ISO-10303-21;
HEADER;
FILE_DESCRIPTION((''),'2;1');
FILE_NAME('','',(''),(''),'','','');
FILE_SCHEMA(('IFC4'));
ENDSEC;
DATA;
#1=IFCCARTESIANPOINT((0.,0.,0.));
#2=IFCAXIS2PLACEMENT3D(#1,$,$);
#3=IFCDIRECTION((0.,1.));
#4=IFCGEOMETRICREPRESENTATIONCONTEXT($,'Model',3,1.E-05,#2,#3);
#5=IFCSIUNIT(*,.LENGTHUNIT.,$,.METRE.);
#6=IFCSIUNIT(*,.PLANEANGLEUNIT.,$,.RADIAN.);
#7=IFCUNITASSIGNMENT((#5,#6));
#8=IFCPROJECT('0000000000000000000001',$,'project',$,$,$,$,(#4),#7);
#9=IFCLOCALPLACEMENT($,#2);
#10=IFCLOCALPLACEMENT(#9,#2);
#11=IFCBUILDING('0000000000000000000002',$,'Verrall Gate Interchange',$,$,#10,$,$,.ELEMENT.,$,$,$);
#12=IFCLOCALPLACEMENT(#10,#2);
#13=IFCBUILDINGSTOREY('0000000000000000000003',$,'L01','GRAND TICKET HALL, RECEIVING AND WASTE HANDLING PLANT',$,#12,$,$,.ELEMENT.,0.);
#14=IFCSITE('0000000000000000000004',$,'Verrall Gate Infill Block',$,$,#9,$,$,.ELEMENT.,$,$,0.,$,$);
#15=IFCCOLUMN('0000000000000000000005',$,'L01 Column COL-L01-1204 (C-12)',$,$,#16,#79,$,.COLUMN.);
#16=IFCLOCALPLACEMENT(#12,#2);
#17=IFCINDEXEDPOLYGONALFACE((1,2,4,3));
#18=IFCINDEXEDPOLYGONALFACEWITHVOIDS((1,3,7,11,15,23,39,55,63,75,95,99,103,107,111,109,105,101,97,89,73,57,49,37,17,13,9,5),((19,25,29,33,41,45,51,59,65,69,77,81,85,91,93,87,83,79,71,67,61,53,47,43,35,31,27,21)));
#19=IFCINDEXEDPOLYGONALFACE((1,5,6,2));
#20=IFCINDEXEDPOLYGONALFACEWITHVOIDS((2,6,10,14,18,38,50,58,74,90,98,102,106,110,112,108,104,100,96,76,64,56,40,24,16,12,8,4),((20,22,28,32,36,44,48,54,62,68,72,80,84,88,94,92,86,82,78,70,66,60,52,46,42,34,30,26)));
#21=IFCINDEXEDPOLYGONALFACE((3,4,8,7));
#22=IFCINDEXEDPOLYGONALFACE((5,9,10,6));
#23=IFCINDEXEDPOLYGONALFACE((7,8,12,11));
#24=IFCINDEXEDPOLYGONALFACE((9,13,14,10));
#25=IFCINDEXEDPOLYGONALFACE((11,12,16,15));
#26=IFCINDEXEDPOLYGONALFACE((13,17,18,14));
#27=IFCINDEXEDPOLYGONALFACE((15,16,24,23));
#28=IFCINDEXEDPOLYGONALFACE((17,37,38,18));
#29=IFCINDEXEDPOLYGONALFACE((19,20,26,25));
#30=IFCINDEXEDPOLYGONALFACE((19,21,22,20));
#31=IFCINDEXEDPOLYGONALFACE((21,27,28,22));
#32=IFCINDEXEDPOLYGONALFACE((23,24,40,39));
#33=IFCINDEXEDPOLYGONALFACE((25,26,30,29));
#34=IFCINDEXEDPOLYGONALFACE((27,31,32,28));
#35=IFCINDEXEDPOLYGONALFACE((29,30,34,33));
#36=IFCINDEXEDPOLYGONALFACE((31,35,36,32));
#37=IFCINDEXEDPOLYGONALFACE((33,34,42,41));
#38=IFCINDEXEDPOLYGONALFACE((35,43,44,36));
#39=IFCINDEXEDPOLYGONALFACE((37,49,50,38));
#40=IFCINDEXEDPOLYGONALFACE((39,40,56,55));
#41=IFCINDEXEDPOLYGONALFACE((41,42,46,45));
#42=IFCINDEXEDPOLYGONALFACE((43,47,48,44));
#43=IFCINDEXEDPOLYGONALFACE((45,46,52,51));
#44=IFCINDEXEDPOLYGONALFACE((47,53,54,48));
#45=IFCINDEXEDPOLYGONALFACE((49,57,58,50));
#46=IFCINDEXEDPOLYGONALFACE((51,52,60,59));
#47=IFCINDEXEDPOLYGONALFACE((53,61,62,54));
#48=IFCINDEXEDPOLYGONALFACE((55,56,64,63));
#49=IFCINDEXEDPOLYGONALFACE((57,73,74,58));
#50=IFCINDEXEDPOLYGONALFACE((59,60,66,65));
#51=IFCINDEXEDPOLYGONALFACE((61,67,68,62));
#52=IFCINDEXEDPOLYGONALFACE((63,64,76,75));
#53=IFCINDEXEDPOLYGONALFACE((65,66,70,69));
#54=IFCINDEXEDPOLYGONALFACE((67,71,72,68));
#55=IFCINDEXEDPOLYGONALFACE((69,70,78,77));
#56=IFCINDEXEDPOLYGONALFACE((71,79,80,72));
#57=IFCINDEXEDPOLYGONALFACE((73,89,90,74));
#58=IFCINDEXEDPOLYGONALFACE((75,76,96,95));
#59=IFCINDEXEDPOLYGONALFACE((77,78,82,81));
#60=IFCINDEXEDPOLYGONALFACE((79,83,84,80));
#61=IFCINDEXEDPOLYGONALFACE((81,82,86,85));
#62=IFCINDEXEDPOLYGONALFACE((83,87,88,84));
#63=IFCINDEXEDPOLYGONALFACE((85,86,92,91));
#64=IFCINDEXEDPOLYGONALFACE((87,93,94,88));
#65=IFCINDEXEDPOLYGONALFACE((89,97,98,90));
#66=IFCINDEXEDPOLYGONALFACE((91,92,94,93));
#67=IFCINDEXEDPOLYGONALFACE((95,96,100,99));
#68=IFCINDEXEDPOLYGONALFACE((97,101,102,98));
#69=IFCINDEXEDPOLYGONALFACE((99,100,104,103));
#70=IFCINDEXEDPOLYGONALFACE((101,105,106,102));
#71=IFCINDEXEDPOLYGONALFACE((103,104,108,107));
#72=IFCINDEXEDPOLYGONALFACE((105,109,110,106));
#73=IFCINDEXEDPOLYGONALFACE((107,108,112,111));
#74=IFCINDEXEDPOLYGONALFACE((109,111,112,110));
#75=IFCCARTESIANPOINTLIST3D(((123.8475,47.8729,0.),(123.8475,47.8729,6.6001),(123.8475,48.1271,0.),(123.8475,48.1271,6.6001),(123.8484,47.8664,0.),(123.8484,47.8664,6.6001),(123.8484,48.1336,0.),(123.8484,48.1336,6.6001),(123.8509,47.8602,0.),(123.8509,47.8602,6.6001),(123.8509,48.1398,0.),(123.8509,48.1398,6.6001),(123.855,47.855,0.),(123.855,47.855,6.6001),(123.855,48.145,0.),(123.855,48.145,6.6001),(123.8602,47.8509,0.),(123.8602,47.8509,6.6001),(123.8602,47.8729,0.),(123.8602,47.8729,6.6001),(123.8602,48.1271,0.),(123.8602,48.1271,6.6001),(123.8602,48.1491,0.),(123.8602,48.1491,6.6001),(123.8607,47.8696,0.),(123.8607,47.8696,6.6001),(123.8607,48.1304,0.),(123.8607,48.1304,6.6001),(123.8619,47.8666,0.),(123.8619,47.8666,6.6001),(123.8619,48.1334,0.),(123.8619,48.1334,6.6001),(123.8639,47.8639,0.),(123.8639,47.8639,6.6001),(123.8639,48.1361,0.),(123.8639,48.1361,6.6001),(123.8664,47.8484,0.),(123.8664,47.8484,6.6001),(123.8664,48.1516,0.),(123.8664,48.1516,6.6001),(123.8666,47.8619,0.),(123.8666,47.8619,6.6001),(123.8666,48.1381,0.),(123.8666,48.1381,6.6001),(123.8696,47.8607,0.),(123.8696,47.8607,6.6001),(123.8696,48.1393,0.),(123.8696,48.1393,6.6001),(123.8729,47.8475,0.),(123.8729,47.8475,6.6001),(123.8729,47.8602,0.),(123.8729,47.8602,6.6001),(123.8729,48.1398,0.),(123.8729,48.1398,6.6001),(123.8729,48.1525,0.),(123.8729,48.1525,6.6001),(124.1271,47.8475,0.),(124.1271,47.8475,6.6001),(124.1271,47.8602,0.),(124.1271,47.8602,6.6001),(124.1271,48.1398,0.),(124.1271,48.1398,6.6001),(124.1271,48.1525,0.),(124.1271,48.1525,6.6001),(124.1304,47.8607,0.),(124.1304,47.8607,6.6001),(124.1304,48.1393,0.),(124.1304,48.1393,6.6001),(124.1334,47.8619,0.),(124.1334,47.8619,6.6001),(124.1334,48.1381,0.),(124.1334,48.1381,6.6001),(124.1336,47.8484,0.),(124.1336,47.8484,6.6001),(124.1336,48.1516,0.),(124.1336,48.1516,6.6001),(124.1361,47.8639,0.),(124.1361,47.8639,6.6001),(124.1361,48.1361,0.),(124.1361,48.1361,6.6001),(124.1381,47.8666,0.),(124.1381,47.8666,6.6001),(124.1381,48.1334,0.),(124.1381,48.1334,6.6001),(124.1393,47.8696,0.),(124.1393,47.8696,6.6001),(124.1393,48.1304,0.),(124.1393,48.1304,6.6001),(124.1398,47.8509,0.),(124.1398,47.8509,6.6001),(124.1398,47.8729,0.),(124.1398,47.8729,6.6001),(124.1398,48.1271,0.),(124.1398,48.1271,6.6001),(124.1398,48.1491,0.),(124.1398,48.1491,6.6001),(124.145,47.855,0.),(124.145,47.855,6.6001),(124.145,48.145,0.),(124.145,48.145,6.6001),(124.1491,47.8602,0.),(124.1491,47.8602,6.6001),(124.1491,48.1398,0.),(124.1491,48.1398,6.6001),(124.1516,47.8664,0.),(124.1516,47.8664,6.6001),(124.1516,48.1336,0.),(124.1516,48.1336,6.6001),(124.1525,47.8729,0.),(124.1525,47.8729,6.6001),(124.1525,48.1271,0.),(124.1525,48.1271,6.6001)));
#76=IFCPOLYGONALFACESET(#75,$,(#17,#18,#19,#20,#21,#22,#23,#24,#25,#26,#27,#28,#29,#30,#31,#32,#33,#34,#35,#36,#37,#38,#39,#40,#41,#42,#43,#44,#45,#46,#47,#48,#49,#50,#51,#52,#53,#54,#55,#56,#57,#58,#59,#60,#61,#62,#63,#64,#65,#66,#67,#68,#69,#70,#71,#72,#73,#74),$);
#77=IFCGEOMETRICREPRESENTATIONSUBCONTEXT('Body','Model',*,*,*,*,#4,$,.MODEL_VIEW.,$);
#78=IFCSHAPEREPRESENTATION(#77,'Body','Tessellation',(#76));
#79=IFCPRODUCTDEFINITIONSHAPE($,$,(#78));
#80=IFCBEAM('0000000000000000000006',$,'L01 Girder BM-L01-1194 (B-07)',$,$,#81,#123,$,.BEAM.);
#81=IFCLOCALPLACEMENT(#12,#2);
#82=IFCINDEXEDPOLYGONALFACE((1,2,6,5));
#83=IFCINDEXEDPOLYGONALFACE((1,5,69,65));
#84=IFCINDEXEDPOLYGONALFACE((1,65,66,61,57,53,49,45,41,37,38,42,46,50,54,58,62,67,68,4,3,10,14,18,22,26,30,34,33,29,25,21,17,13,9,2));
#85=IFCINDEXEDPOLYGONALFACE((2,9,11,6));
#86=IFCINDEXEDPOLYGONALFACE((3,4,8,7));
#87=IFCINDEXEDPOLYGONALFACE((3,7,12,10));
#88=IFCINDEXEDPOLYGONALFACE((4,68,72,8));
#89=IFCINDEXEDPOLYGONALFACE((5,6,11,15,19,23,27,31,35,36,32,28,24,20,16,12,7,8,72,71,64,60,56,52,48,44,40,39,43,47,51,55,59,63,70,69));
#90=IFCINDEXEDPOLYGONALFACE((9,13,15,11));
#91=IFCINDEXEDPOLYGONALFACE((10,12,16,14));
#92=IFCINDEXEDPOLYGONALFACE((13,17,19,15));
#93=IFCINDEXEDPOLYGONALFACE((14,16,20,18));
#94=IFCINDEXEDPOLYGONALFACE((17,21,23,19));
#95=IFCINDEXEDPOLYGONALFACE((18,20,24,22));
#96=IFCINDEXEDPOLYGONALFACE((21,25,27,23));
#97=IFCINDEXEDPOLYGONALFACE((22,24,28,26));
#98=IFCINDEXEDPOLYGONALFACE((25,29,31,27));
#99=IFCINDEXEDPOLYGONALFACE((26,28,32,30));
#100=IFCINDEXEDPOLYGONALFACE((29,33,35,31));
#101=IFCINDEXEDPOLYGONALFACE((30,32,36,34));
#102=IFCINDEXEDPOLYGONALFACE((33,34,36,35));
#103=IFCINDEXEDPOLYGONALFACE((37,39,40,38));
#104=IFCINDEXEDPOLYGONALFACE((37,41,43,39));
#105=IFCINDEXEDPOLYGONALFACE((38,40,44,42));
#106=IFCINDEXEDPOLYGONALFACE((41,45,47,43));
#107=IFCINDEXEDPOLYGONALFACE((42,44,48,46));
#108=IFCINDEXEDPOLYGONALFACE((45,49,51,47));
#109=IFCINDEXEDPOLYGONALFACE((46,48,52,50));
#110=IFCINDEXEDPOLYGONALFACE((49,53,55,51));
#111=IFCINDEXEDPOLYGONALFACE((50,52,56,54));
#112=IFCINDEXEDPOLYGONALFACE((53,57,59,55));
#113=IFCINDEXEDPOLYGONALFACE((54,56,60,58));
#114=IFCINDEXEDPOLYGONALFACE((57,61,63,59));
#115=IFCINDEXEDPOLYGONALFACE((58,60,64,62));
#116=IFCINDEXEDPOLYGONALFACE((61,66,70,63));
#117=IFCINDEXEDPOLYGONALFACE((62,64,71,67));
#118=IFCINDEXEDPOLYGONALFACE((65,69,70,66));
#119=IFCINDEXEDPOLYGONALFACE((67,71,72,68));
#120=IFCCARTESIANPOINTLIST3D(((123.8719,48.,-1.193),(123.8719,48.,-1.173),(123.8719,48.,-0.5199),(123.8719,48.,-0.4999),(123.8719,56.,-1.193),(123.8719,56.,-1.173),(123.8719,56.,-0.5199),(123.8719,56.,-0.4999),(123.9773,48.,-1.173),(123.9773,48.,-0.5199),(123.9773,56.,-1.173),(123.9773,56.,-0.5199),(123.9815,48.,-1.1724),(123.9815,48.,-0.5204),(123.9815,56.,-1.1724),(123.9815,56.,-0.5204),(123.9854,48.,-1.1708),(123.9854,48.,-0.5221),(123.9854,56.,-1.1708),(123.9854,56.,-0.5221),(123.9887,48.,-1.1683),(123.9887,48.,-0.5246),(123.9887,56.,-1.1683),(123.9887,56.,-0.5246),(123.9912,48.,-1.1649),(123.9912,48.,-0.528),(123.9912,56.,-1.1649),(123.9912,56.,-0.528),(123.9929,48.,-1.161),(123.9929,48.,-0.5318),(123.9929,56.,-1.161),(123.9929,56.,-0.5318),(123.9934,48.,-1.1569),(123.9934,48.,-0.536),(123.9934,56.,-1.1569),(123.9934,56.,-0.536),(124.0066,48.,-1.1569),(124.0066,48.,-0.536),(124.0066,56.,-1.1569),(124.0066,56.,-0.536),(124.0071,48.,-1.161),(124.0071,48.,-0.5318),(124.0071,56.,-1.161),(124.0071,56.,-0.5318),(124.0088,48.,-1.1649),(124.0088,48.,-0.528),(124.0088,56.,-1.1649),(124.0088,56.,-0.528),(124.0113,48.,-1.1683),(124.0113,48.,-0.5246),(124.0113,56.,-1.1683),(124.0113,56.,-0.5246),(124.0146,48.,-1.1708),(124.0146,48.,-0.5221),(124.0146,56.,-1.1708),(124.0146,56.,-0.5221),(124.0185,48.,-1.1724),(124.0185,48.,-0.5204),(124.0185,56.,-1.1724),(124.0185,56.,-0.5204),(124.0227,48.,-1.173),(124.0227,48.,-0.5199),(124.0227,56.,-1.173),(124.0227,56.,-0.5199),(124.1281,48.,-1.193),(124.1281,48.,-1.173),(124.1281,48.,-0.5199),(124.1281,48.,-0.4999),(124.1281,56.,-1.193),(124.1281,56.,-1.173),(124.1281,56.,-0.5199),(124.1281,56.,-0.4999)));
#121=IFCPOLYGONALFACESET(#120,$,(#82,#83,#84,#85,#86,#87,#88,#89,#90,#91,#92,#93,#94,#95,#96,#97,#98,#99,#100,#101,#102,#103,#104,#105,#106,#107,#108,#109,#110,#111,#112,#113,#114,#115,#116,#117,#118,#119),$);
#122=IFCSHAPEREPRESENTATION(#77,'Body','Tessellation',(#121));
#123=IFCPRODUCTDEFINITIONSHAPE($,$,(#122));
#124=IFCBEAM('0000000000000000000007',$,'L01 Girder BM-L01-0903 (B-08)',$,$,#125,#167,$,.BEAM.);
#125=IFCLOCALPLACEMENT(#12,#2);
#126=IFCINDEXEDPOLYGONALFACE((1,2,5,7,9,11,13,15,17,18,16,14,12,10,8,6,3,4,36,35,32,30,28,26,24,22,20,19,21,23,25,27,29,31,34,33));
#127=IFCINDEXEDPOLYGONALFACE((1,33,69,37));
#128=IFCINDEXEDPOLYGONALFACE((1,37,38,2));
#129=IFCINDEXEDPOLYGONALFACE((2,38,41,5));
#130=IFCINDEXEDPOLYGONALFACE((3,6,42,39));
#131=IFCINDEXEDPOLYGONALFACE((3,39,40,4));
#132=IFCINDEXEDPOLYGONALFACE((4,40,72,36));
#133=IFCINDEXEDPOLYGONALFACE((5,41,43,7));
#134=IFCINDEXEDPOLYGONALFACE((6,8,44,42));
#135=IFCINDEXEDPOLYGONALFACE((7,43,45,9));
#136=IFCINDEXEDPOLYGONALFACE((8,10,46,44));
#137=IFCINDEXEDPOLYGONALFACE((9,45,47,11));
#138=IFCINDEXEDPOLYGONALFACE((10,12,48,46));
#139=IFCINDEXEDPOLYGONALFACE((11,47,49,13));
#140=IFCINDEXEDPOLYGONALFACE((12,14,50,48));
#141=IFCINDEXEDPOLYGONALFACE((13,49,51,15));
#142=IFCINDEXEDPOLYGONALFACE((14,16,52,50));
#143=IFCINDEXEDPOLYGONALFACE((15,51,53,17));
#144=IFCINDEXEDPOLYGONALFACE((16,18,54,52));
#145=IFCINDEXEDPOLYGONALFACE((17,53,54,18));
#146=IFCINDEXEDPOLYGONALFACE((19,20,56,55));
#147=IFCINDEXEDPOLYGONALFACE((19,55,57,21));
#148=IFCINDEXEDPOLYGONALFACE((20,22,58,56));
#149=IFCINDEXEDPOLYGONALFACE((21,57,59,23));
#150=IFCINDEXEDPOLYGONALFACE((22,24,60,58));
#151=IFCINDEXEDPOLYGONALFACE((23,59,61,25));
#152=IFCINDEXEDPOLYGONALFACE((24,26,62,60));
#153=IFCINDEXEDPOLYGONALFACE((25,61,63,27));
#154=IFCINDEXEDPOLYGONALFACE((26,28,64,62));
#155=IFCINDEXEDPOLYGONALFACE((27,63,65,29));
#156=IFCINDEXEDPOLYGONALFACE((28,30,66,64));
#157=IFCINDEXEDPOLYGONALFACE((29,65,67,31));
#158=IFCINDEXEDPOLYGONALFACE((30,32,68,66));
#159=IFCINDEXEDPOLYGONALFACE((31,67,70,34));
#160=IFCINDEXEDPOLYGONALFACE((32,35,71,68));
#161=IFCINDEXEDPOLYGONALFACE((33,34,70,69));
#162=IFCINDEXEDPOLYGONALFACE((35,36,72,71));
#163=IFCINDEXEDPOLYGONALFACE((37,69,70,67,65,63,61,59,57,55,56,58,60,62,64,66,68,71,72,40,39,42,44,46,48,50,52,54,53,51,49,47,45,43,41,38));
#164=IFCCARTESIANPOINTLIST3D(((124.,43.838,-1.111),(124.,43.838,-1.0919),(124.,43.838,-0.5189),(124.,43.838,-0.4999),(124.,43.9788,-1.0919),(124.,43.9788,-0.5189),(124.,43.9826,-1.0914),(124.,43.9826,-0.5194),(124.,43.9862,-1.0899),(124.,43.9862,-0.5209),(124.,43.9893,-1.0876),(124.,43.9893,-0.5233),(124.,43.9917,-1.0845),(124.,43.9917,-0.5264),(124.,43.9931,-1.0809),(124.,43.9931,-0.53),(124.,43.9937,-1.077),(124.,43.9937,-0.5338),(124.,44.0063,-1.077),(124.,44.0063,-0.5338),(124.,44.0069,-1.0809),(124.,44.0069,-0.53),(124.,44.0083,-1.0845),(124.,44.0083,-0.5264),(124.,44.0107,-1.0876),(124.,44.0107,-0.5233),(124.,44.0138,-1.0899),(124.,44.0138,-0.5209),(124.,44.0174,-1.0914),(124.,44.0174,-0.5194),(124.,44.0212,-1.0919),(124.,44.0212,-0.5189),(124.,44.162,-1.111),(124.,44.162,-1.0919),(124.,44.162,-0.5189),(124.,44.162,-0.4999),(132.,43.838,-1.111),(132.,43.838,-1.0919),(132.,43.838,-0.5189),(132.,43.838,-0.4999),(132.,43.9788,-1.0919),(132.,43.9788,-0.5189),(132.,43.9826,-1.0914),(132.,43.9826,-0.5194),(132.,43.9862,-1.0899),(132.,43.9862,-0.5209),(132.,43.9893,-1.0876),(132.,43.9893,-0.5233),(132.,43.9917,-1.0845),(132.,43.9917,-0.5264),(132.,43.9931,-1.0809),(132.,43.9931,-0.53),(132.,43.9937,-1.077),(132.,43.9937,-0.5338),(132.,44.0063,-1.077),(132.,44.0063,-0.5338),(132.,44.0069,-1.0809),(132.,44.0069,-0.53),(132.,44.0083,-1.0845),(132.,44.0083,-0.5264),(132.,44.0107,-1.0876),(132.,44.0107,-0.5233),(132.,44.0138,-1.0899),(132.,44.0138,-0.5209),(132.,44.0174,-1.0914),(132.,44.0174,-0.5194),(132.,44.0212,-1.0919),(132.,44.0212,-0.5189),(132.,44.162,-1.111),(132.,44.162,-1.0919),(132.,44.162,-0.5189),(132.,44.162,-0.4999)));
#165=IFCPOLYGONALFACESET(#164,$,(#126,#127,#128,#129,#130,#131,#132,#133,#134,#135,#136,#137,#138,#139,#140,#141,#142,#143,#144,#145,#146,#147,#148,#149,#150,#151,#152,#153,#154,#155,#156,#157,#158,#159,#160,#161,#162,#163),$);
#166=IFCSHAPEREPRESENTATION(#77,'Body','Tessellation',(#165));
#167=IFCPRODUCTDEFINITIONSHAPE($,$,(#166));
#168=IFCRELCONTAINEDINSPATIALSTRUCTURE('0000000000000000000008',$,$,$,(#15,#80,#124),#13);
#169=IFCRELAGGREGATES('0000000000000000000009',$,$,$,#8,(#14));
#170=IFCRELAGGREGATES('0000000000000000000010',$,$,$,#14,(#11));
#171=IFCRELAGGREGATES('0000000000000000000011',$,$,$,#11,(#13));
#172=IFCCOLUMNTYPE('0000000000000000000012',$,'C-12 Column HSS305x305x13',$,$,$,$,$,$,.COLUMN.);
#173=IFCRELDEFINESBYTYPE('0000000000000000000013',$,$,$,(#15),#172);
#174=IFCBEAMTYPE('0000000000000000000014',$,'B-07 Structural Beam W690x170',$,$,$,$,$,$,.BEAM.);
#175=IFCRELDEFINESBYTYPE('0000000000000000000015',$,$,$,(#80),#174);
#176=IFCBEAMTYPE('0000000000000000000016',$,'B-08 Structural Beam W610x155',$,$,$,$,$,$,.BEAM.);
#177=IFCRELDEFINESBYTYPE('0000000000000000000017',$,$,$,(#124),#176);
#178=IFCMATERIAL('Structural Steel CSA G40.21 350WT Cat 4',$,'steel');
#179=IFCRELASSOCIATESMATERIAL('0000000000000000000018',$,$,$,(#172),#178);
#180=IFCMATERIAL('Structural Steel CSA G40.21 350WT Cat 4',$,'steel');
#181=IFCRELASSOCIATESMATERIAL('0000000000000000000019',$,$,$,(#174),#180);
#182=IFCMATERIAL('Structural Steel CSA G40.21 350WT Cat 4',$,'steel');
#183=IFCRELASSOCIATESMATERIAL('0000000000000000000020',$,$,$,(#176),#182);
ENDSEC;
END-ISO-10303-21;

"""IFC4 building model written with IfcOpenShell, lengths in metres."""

from ifc_helpers import new_model, si_unit, direction, frame, origin, origin_2d, place, context, subcontext, project, spatial, hollow_rectangle, i_section, extrude, material, material_profile, profile_set, type_object, element, save


model = new_model("IFC4")

# Units and contexts
model_context = context("Model", 3, precision=1e-05, world=origin(), true_north=direction((0.0, 1.0)))
body_context = subcontext(model_context, "Body", "Model", "MODEL_VIEW")
ifc_project = project(units=[si_unit("LENGTHUNIT", "METRE"), si_unit("PLANEANGLEUNIT", "RADIAN")], contexts=[model_context])

# Site, building, storey
site_placement = place(None, origin())
site = spatial("IfcSite", under=ifc_project, at=site_placement, Name="Verrall Gate Infill Block", CompositionType="ELEMENT", RefElevation=0.0)
building_placement = place(site_placement, origin())
building = spatial("IfcBuilding", under=site, at=building_placement, Name="Verrall Gate Interchange", CompositionType="ELEMENT")
storey_placement = place(building_placement, origin())
storey = spatial("IfcBuildingStorey", under=building, at=storey_placement, Name="L01", Description="GRAND TICKET HALL, RECEIVING AND WASTE HANDLING PLANT", CompositionType="ELEMENT", Elevation=0.0)

# Column
ifc_material_1 = material(Name="Structural Steel CSA G40.21 350WT Cat 4", Category="steel")
ifc_material_profile_1 = material_profile(ifc_material_1, hollow_rectangle(XDim=0.3049, YDim=0.3049, WallThickness=0.0127, InnerFilletRadius=0.0127, OuterFilletRadius=0.0254, at=origin_2d()), Name="HSS305x305x13")
ifc_profile_set_1 = profile_set([ifc_material_profile_1], Name="Structural Steel CSA G40.21 350WT Cat 4")
column_type = type_object("IfcColumnType", Name="C-12 Column HSS305x305x13", PredefinedType="COLUMN", material=ifc_profile_set_1)
column_placement = place(storey_placement, frame((124.0, 48.0, 0.0), z_axis=(0.0, 0.0, 1.0), x_axis=(1.0, 0.0, 0.0)))
element("IfcColumn", 1, at=column_placement, inside=storey, type_object=column_type, Name="L01 Column COL-L01-1204 (C-12)", PredefinedType="COLUMN", context=body_context, shape_type="SweptSolid", body=[
    extrude(hollow_rectangle(XDim=0.3049, YDim=0.3049, WallThickness=0.0127, InnerFilletRadius=0.0127, OuterFilletRadius=0.0254, at=origin_2d()), origin(), (0.0, 0.0, 1.0), 6.6001),
])

# Beams
ifc_material_2 = material(Name="Structural Steel CSA G40.21 350WT Cat 4", Category="steel")
ifc_material_profile_2 = material_profile(ifc_material_2, i_section(OverallWidth=0.2561, OverallDepth=0.6931, WebThickness=0.0132, FlangeThickness=0.02, FilletRadius=0.0161, at=origin_2d()), Name="W690x170")
ifc_profile_set_2 = profile_set([ifc_material_profile_2], Name="Structural Steel CSA G40.21 350WT Cat 4")
beam_type_1 = type_object("IfcBeamType", Name="B-07 Structural Beam W690x170", PredefinedType="BEAM", material=ifc_profile_set_2)
beam_1_placement = place(storey_placement, frame((124.0, 48.0, -0.8464), z_axis=(0.0, 1.0, 0.0), x_axis=(-1.0, 0.0, 0.0)))
element("IfcBeam", 2, at=beam_1_placement, inside=storey, type_object=beam_type_1, Name="L01 Girder BM-L01-1194 (B-07)", PredefinedType="BEAM", context=body_context, shape_type="SweptSolid", body=[
    extrude(i_section(OverallWidth=0.2561, OverallDepth=0.6931, WebThickness=0.0132, FlangeThickness=0.02, FilletRadius=0.0161, at=origin_2d()), origin(), (0.0, 0.0, 1.0), 8.0),
])
ifc_material_3 = material(Name="Structural Steel CSA G40.21 350WT Cat 4", Category="steel")
ifc_material_profile_3 = material_profile(ifc_material_3, i_section(OverallWidth=0.324, OverallDepth=0.6111, WebThickness=0.0127, FlangeThickness=0.019, FilletRadius=0.0149, at=origin_2d()), Name="W610x155")
ifc_profile_set_3 = profile_set([ifc_material_profile_3], Name="Structural Steel CSA G40.21 350WT Cat 4")
beam_type_2 = type_object("IfcBeamType", Name="B-08 Structural Beam W610x155", PredefinedType="BEAM", material=ifc_profile_set_3)
for number, where, z_axis, x_axis, name in (
    (3, (124.0, 44.0, -0.8054), (1.0, 0.0, 0.0), (0.0, 1.0, 0.0), "L01 Girder BM-L01-0903 (B-08)"),
):
    element("IfcBeam", number, at=place(storey_placement, frame(where, z_axis=z_axis, x_axis=x_axis)), inside=storey, type_object=beam_type_2, Name=name, PredefinedType="BEAM", context=body_context, shape_type="SweptSolid", body=[
        extrude(i_section(OverallWidth=0.324, OverallDepth=0.6111, WebThickness=0.0127, FlangeThickness=0.019, FilletRadius=0.0149, at=origin_2d()), origin(), (0.0, 0.0, 1.0), 8.0),
    ])

save(model, "model.ifc")
